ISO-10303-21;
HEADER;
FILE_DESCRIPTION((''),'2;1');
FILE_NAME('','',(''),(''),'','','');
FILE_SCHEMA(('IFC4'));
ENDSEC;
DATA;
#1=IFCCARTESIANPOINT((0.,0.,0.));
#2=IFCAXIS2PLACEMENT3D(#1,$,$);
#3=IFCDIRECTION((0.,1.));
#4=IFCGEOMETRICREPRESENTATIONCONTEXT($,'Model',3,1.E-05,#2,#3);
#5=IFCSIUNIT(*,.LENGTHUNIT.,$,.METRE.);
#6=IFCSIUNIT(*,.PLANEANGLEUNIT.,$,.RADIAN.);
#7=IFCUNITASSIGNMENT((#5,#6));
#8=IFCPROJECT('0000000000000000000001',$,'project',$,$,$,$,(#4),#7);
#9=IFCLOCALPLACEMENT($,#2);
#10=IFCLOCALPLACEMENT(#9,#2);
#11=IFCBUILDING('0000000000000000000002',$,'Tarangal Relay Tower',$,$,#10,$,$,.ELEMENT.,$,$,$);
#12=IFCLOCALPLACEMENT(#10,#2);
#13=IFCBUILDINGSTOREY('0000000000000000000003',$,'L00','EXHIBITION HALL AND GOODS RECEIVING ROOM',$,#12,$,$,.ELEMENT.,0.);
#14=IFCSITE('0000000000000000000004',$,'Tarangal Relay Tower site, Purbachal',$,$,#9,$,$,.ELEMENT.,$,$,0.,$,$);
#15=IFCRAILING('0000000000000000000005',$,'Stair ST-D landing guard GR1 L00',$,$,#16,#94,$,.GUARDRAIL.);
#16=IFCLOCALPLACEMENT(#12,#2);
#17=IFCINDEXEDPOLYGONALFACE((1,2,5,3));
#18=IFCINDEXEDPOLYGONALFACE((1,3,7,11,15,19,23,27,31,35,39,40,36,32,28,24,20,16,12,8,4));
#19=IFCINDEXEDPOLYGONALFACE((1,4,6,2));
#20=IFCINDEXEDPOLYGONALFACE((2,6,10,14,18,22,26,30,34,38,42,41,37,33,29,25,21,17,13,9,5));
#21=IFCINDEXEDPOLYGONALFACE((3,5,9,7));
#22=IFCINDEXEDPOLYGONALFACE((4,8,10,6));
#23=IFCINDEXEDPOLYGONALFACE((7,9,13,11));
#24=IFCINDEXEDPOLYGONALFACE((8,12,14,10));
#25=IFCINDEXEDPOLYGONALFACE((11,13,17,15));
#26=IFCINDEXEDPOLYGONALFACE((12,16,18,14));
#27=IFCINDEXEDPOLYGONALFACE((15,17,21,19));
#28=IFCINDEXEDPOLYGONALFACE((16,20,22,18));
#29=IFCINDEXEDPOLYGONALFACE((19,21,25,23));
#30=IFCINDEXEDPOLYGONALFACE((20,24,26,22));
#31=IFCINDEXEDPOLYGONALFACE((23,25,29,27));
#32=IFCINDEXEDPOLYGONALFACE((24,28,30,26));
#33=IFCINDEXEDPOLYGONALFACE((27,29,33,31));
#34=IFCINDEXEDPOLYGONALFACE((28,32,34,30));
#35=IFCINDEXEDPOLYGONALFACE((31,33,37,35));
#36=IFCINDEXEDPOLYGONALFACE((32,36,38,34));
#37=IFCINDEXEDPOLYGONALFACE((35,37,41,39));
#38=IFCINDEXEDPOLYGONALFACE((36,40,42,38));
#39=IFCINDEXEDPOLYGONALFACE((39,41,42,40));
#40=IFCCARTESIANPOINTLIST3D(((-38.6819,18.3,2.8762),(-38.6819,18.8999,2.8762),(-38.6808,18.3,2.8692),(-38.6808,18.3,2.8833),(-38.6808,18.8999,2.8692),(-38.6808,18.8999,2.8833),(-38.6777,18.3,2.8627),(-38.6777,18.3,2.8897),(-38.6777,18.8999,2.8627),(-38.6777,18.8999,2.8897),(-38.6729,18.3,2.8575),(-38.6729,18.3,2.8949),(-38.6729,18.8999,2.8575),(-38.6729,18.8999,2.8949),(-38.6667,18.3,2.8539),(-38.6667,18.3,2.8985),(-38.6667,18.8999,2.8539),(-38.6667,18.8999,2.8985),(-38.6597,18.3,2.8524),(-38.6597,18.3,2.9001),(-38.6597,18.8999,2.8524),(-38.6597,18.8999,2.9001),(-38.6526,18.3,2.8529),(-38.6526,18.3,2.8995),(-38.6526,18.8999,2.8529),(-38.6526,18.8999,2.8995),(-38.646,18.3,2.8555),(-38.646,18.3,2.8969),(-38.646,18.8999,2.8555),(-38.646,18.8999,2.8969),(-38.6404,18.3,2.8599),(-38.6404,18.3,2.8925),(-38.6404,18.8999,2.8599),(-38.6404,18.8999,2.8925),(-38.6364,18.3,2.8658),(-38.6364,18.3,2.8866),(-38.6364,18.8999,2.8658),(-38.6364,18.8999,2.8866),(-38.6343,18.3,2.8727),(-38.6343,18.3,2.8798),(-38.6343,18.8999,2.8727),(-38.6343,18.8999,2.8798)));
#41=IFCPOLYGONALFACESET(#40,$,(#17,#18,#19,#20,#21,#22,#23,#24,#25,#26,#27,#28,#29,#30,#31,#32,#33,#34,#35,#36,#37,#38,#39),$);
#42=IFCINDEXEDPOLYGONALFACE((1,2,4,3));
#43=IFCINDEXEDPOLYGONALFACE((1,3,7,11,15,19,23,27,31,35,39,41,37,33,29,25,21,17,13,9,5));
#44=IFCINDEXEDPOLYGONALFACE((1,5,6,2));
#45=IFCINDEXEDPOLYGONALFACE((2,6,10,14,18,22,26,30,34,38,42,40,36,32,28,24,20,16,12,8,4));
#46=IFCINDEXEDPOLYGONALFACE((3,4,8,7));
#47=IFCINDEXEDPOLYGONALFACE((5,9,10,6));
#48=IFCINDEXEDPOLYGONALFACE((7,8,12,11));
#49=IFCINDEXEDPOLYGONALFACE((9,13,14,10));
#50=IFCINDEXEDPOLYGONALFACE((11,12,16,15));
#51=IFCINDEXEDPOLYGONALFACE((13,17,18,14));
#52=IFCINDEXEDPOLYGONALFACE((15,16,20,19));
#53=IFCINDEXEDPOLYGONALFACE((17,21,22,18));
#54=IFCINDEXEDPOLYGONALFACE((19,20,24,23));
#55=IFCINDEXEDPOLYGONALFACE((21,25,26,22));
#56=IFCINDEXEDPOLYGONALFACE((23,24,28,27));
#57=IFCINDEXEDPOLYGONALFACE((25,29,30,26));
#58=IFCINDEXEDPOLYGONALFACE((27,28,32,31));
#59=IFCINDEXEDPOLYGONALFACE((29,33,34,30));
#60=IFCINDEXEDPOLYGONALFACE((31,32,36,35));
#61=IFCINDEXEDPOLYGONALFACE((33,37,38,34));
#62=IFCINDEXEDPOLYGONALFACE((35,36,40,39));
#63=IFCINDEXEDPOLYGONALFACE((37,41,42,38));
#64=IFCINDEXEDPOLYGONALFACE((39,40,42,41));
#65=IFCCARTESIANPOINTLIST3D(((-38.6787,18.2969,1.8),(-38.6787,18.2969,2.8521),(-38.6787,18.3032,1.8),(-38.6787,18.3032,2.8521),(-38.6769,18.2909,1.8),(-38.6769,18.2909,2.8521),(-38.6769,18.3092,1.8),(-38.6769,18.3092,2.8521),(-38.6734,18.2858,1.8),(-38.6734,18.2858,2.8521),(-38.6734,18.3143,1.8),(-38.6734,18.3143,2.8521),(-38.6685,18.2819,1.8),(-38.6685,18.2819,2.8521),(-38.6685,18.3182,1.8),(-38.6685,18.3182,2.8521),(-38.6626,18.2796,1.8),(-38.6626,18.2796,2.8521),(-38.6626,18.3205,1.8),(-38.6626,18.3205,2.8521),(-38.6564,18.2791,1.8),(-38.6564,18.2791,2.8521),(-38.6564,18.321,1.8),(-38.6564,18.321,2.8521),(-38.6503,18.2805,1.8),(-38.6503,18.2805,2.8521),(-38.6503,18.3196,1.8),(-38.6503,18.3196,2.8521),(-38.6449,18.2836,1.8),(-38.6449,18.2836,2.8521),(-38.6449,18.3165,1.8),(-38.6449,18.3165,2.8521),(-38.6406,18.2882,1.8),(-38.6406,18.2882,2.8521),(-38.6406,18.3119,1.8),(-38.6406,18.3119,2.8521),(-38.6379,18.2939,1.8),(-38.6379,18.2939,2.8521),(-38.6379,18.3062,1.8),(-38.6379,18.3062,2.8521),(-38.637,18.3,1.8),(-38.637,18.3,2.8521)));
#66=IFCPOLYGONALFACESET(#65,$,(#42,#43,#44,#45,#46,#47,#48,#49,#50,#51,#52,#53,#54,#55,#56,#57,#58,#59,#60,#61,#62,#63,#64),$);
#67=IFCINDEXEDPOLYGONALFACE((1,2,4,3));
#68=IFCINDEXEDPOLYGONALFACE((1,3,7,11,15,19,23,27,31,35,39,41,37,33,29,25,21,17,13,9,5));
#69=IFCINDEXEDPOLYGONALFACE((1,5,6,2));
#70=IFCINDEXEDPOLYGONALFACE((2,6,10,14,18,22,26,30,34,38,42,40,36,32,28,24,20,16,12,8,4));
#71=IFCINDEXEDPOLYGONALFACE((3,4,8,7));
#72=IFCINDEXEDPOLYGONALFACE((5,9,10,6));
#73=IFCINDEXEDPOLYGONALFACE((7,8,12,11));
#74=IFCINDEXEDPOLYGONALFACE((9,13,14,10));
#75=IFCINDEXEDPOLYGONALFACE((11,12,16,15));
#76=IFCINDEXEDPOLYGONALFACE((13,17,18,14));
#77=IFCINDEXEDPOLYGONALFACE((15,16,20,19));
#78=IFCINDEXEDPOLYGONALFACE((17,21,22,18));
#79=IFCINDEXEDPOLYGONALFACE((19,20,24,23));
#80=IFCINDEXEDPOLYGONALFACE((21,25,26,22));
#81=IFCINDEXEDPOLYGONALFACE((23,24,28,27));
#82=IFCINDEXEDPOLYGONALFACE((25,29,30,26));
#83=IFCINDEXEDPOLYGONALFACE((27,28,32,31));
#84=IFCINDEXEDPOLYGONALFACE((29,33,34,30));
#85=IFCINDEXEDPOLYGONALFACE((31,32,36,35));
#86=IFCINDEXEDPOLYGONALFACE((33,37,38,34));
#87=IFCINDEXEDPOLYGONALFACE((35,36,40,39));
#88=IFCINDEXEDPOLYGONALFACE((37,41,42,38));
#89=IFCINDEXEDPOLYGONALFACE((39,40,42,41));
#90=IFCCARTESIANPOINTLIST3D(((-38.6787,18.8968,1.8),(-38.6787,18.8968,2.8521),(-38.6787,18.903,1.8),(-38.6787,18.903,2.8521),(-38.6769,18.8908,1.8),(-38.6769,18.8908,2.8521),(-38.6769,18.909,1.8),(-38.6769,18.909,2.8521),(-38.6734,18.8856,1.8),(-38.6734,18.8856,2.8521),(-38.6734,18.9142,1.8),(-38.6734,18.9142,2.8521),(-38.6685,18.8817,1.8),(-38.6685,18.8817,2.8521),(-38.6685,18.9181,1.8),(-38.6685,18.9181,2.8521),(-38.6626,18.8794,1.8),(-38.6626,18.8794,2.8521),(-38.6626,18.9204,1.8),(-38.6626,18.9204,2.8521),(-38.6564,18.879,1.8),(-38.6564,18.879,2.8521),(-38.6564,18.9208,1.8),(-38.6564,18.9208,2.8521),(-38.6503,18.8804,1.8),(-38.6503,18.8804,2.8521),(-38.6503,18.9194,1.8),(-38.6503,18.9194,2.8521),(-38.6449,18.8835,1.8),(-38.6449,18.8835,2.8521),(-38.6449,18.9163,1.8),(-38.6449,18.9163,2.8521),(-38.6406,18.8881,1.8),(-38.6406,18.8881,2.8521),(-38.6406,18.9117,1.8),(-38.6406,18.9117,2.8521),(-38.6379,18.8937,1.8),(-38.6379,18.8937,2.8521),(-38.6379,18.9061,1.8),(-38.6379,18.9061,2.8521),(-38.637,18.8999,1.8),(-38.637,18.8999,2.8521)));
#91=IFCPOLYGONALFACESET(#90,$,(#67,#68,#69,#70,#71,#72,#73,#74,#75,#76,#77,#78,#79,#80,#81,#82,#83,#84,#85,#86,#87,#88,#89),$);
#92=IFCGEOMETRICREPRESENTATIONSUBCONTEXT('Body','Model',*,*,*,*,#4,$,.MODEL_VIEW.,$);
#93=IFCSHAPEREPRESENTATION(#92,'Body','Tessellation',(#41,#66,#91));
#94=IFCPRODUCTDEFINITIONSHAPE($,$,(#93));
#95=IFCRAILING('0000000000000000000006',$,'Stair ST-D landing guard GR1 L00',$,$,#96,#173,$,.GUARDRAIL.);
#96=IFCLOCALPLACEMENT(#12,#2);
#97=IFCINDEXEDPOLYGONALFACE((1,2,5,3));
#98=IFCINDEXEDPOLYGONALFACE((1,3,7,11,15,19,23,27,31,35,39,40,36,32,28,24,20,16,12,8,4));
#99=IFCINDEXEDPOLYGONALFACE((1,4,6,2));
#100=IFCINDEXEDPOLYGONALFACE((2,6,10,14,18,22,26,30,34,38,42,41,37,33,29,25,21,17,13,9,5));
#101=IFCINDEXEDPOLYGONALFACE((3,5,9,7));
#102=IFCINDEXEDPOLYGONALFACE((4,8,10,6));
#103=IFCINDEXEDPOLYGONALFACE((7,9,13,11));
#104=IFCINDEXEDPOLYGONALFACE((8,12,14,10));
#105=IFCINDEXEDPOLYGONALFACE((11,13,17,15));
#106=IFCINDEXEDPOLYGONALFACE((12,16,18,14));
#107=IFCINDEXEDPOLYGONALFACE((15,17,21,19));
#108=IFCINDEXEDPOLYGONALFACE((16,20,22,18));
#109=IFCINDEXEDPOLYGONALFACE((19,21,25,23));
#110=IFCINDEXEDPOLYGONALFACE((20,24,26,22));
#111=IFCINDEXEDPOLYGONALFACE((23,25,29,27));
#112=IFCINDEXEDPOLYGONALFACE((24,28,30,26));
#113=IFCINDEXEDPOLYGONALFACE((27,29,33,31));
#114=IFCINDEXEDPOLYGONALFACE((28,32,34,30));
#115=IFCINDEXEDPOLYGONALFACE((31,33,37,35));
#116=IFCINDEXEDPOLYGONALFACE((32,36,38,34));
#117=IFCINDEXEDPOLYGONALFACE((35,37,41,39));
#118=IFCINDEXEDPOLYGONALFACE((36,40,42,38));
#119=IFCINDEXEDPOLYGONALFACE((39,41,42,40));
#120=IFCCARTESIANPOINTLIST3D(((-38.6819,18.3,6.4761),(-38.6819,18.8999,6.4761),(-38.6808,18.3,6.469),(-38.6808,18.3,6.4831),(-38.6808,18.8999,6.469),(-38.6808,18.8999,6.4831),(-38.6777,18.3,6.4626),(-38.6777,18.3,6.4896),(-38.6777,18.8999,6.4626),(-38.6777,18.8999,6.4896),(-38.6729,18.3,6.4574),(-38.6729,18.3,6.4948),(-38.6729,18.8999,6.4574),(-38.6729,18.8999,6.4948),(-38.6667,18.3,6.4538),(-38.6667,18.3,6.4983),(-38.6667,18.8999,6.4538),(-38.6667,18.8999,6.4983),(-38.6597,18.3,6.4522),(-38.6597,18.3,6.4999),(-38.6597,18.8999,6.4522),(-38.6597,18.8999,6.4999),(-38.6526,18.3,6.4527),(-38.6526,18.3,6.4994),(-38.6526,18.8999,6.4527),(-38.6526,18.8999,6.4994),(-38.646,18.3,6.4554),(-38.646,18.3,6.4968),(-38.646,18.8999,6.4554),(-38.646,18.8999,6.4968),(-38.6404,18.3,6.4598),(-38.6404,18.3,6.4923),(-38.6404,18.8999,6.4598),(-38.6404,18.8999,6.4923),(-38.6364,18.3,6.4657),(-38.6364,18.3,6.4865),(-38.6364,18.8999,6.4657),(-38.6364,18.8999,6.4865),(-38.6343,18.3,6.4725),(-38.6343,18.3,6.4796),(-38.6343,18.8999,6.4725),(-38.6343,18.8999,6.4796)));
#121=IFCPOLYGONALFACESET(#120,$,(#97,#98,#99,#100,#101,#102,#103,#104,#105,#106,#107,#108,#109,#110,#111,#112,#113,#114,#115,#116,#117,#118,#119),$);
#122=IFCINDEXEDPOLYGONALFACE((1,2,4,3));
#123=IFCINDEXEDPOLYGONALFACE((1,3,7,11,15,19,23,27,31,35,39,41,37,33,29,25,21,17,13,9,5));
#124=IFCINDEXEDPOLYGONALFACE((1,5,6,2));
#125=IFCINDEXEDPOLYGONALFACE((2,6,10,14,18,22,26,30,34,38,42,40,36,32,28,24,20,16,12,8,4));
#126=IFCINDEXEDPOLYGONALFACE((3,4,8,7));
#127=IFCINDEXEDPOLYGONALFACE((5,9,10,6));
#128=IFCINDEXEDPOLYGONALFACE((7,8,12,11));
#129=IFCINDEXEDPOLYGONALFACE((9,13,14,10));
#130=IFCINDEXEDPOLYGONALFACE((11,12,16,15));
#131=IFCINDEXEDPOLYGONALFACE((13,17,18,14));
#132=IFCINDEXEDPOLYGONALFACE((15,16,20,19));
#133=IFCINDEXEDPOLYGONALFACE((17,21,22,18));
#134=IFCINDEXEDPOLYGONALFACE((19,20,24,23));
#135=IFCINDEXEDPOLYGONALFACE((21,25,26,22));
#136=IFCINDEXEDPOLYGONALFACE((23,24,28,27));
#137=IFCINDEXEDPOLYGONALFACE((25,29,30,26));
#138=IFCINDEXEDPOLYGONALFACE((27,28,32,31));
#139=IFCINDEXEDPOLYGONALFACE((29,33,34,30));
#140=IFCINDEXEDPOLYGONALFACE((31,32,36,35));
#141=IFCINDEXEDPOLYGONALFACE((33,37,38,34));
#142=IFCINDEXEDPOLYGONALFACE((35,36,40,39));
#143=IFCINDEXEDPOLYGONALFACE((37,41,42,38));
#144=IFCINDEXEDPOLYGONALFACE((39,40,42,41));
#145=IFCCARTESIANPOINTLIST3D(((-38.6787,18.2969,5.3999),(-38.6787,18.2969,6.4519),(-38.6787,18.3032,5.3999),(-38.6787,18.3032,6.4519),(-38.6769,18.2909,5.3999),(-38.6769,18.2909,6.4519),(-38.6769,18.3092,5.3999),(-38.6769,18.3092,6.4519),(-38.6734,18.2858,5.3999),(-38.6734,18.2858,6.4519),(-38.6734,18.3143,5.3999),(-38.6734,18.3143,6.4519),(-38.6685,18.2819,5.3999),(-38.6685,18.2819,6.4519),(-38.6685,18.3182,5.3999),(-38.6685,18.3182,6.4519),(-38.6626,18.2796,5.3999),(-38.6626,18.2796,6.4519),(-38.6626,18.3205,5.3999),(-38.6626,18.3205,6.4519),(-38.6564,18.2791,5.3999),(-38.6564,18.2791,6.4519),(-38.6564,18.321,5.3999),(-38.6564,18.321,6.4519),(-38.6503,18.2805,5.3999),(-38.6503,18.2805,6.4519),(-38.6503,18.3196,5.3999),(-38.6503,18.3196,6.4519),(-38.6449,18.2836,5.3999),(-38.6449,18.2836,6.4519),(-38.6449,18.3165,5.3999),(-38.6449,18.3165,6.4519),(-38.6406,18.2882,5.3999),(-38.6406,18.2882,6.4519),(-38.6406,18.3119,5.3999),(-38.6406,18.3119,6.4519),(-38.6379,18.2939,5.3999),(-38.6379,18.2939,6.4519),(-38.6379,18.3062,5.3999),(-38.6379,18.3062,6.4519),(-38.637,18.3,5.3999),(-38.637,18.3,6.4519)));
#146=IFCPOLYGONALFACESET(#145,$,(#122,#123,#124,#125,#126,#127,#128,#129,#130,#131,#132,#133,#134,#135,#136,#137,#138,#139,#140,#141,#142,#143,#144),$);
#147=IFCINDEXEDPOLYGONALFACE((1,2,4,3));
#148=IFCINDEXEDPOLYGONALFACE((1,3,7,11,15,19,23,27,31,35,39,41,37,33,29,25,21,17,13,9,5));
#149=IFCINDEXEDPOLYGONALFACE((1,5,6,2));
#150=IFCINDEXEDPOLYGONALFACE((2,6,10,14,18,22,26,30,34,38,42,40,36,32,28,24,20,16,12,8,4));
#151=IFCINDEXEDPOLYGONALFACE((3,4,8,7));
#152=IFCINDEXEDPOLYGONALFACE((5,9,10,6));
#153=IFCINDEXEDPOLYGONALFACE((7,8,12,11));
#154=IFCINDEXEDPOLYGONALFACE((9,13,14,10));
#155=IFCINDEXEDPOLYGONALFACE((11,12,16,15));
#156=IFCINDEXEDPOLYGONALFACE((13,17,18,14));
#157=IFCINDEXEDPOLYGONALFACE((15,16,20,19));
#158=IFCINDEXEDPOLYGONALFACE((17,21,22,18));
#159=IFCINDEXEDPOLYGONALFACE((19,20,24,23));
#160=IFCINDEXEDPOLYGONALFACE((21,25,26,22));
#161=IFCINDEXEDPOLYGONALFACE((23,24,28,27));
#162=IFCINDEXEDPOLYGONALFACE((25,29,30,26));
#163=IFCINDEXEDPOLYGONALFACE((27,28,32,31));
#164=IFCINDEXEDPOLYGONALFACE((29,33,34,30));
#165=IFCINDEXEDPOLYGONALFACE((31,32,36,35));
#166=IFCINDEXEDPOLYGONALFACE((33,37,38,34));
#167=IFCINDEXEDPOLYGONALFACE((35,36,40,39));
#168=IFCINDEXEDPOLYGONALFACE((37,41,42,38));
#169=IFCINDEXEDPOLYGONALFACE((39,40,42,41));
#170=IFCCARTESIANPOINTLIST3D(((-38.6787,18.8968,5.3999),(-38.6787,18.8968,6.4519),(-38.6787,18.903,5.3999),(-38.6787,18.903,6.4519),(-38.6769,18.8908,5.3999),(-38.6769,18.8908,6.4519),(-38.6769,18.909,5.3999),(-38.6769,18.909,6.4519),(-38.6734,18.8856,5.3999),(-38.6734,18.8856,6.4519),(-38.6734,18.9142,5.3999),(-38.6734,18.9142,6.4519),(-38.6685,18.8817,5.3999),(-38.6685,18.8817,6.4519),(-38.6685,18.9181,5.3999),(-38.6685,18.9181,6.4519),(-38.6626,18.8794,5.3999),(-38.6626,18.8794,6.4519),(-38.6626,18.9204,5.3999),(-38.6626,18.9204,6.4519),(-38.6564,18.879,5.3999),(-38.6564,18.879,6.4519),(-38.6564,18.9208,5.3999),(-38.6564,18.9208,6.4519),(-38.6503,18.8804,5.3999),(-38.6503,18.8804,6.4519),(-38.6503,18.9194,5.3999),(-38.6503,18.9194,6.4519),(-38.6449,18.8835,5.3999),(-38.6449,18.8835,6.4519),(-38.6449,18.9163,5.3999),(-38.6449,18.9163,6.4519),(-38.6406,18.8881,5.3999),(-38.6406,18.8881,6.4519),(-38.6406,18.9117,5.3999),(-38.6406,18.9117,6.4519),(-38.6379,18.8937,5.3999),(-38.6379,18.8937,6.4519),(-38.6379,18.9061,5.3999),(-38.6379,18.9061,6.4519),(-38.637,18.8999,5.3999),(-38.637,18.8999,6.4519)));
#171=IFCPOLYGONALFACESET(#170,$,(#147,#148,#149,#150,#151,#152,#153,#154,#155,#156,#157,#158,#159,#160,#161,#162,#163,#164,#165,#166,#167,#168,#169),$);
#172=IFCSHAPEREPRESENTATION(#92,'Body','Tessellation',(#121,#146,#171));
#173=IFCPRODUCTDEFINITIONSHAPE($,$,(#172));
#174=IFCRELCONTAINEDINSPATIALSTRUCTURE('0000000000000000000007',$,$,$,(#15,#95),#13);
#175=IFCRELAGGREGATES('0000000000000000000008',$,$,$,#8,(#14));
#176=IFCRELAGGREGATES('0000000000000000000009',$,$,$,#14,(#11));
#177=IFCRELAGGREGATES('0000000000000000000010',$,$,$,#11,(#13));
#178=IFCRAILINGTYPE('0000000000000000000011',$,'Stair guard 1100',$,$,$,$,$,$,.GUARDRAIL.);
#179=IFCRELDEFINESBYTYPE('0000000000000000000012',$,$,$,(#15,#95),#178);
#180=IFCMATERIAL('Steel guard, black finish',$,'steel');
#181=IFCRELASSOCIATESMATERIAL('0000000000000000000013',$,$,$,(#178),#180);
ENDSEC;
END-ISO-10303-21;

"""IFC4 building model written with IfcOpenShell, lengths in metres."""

from ifc_helpers import new_model, si_unit, direction, frame, origin, origin_2d, place, context, subcontext, project, spatial, circle, extrude, material, type_object, element, save


model = new_model("IFC4")

# Units and contexts
model_context = context("Model", 3, precision=1e-05, world=origin(), true_north=direction((0.0, 1.0)))
body_context = subcontext(model_context, "Body", "Model", "MODEL_VIEW")
ifc_project = project(units=[si_unit("LENGTHUNIT", "METRE"), si_unit("PLANEANGLEUNIT", "RADIAN")], contexts=[model_context])

# Site, building, storey
site_placement = place(None, origin())
site = spatial("IfcSite", under=ifc_project, at=site_placement, Name="Tarangal Relay Tower site, Purbachal", CompositionType="ELEMENT", RefElevation=0.0)
building_placement = place(site_placement, origin())
building = spatial("IfcBuilding", under=site, at=building_placement, Name="Tarangal Relay Tower", CompositionType="ELEMENT")
storey_placement = place(building_placement, origin())
storey = spatial("IfcBuildingStorey", under=building, at=storey_placement, Name="L00", Description="EXHIBITION HALL AND GOODS RECEIVING ROOM", CompositionType="ELEMENT", Elevation=0.0)

# Railings
ifc_material_1 = material(Name="Steel guard, black finish", Category="steel")
railing_type = type_object("IfcRailingType", Name="Stair guard 1100", PredefinedType="GUARDRAIL", material=ifc_material_1)
for number, where, name in (
    (1, (-38.658, 18.3, 1.8), "Stair ST-D landing guard GR1 L00"),
    (2, (-38.658, 18.3, 5.3999), "Stair ST-D landing guard GR1 L00"),
):
    element("IfcRailing", number, at=place(storey_placement, frame(where)), inside=storey, type_object=railing_type, Name=name, PredefinedType="GUARDRAIL", context=body_context, shape_type="SweptSolid", body=[
        extrude(circle(Radius=0.0239, at=origin_2d()), frame((0.0, 0.0, 1.0762), z_axis=(0.0, 1.0, 0.0), x_axis=(-1.0, 0.0, 0.0)), (0.0, 0.0, 1.0), 0.5999),
        extrude(circle(Radius=0.021, at=origin_2d()), origin(), (0.0, 0.0, 1.0), 1.052),
        extrude(circle(Radius=0.021, at=origin_2d()), frame((0.0, 0.5999, 0.0)), (0.0, 0.0, 1.0), 1.052),
    ])

save(model, "model.ifc")
